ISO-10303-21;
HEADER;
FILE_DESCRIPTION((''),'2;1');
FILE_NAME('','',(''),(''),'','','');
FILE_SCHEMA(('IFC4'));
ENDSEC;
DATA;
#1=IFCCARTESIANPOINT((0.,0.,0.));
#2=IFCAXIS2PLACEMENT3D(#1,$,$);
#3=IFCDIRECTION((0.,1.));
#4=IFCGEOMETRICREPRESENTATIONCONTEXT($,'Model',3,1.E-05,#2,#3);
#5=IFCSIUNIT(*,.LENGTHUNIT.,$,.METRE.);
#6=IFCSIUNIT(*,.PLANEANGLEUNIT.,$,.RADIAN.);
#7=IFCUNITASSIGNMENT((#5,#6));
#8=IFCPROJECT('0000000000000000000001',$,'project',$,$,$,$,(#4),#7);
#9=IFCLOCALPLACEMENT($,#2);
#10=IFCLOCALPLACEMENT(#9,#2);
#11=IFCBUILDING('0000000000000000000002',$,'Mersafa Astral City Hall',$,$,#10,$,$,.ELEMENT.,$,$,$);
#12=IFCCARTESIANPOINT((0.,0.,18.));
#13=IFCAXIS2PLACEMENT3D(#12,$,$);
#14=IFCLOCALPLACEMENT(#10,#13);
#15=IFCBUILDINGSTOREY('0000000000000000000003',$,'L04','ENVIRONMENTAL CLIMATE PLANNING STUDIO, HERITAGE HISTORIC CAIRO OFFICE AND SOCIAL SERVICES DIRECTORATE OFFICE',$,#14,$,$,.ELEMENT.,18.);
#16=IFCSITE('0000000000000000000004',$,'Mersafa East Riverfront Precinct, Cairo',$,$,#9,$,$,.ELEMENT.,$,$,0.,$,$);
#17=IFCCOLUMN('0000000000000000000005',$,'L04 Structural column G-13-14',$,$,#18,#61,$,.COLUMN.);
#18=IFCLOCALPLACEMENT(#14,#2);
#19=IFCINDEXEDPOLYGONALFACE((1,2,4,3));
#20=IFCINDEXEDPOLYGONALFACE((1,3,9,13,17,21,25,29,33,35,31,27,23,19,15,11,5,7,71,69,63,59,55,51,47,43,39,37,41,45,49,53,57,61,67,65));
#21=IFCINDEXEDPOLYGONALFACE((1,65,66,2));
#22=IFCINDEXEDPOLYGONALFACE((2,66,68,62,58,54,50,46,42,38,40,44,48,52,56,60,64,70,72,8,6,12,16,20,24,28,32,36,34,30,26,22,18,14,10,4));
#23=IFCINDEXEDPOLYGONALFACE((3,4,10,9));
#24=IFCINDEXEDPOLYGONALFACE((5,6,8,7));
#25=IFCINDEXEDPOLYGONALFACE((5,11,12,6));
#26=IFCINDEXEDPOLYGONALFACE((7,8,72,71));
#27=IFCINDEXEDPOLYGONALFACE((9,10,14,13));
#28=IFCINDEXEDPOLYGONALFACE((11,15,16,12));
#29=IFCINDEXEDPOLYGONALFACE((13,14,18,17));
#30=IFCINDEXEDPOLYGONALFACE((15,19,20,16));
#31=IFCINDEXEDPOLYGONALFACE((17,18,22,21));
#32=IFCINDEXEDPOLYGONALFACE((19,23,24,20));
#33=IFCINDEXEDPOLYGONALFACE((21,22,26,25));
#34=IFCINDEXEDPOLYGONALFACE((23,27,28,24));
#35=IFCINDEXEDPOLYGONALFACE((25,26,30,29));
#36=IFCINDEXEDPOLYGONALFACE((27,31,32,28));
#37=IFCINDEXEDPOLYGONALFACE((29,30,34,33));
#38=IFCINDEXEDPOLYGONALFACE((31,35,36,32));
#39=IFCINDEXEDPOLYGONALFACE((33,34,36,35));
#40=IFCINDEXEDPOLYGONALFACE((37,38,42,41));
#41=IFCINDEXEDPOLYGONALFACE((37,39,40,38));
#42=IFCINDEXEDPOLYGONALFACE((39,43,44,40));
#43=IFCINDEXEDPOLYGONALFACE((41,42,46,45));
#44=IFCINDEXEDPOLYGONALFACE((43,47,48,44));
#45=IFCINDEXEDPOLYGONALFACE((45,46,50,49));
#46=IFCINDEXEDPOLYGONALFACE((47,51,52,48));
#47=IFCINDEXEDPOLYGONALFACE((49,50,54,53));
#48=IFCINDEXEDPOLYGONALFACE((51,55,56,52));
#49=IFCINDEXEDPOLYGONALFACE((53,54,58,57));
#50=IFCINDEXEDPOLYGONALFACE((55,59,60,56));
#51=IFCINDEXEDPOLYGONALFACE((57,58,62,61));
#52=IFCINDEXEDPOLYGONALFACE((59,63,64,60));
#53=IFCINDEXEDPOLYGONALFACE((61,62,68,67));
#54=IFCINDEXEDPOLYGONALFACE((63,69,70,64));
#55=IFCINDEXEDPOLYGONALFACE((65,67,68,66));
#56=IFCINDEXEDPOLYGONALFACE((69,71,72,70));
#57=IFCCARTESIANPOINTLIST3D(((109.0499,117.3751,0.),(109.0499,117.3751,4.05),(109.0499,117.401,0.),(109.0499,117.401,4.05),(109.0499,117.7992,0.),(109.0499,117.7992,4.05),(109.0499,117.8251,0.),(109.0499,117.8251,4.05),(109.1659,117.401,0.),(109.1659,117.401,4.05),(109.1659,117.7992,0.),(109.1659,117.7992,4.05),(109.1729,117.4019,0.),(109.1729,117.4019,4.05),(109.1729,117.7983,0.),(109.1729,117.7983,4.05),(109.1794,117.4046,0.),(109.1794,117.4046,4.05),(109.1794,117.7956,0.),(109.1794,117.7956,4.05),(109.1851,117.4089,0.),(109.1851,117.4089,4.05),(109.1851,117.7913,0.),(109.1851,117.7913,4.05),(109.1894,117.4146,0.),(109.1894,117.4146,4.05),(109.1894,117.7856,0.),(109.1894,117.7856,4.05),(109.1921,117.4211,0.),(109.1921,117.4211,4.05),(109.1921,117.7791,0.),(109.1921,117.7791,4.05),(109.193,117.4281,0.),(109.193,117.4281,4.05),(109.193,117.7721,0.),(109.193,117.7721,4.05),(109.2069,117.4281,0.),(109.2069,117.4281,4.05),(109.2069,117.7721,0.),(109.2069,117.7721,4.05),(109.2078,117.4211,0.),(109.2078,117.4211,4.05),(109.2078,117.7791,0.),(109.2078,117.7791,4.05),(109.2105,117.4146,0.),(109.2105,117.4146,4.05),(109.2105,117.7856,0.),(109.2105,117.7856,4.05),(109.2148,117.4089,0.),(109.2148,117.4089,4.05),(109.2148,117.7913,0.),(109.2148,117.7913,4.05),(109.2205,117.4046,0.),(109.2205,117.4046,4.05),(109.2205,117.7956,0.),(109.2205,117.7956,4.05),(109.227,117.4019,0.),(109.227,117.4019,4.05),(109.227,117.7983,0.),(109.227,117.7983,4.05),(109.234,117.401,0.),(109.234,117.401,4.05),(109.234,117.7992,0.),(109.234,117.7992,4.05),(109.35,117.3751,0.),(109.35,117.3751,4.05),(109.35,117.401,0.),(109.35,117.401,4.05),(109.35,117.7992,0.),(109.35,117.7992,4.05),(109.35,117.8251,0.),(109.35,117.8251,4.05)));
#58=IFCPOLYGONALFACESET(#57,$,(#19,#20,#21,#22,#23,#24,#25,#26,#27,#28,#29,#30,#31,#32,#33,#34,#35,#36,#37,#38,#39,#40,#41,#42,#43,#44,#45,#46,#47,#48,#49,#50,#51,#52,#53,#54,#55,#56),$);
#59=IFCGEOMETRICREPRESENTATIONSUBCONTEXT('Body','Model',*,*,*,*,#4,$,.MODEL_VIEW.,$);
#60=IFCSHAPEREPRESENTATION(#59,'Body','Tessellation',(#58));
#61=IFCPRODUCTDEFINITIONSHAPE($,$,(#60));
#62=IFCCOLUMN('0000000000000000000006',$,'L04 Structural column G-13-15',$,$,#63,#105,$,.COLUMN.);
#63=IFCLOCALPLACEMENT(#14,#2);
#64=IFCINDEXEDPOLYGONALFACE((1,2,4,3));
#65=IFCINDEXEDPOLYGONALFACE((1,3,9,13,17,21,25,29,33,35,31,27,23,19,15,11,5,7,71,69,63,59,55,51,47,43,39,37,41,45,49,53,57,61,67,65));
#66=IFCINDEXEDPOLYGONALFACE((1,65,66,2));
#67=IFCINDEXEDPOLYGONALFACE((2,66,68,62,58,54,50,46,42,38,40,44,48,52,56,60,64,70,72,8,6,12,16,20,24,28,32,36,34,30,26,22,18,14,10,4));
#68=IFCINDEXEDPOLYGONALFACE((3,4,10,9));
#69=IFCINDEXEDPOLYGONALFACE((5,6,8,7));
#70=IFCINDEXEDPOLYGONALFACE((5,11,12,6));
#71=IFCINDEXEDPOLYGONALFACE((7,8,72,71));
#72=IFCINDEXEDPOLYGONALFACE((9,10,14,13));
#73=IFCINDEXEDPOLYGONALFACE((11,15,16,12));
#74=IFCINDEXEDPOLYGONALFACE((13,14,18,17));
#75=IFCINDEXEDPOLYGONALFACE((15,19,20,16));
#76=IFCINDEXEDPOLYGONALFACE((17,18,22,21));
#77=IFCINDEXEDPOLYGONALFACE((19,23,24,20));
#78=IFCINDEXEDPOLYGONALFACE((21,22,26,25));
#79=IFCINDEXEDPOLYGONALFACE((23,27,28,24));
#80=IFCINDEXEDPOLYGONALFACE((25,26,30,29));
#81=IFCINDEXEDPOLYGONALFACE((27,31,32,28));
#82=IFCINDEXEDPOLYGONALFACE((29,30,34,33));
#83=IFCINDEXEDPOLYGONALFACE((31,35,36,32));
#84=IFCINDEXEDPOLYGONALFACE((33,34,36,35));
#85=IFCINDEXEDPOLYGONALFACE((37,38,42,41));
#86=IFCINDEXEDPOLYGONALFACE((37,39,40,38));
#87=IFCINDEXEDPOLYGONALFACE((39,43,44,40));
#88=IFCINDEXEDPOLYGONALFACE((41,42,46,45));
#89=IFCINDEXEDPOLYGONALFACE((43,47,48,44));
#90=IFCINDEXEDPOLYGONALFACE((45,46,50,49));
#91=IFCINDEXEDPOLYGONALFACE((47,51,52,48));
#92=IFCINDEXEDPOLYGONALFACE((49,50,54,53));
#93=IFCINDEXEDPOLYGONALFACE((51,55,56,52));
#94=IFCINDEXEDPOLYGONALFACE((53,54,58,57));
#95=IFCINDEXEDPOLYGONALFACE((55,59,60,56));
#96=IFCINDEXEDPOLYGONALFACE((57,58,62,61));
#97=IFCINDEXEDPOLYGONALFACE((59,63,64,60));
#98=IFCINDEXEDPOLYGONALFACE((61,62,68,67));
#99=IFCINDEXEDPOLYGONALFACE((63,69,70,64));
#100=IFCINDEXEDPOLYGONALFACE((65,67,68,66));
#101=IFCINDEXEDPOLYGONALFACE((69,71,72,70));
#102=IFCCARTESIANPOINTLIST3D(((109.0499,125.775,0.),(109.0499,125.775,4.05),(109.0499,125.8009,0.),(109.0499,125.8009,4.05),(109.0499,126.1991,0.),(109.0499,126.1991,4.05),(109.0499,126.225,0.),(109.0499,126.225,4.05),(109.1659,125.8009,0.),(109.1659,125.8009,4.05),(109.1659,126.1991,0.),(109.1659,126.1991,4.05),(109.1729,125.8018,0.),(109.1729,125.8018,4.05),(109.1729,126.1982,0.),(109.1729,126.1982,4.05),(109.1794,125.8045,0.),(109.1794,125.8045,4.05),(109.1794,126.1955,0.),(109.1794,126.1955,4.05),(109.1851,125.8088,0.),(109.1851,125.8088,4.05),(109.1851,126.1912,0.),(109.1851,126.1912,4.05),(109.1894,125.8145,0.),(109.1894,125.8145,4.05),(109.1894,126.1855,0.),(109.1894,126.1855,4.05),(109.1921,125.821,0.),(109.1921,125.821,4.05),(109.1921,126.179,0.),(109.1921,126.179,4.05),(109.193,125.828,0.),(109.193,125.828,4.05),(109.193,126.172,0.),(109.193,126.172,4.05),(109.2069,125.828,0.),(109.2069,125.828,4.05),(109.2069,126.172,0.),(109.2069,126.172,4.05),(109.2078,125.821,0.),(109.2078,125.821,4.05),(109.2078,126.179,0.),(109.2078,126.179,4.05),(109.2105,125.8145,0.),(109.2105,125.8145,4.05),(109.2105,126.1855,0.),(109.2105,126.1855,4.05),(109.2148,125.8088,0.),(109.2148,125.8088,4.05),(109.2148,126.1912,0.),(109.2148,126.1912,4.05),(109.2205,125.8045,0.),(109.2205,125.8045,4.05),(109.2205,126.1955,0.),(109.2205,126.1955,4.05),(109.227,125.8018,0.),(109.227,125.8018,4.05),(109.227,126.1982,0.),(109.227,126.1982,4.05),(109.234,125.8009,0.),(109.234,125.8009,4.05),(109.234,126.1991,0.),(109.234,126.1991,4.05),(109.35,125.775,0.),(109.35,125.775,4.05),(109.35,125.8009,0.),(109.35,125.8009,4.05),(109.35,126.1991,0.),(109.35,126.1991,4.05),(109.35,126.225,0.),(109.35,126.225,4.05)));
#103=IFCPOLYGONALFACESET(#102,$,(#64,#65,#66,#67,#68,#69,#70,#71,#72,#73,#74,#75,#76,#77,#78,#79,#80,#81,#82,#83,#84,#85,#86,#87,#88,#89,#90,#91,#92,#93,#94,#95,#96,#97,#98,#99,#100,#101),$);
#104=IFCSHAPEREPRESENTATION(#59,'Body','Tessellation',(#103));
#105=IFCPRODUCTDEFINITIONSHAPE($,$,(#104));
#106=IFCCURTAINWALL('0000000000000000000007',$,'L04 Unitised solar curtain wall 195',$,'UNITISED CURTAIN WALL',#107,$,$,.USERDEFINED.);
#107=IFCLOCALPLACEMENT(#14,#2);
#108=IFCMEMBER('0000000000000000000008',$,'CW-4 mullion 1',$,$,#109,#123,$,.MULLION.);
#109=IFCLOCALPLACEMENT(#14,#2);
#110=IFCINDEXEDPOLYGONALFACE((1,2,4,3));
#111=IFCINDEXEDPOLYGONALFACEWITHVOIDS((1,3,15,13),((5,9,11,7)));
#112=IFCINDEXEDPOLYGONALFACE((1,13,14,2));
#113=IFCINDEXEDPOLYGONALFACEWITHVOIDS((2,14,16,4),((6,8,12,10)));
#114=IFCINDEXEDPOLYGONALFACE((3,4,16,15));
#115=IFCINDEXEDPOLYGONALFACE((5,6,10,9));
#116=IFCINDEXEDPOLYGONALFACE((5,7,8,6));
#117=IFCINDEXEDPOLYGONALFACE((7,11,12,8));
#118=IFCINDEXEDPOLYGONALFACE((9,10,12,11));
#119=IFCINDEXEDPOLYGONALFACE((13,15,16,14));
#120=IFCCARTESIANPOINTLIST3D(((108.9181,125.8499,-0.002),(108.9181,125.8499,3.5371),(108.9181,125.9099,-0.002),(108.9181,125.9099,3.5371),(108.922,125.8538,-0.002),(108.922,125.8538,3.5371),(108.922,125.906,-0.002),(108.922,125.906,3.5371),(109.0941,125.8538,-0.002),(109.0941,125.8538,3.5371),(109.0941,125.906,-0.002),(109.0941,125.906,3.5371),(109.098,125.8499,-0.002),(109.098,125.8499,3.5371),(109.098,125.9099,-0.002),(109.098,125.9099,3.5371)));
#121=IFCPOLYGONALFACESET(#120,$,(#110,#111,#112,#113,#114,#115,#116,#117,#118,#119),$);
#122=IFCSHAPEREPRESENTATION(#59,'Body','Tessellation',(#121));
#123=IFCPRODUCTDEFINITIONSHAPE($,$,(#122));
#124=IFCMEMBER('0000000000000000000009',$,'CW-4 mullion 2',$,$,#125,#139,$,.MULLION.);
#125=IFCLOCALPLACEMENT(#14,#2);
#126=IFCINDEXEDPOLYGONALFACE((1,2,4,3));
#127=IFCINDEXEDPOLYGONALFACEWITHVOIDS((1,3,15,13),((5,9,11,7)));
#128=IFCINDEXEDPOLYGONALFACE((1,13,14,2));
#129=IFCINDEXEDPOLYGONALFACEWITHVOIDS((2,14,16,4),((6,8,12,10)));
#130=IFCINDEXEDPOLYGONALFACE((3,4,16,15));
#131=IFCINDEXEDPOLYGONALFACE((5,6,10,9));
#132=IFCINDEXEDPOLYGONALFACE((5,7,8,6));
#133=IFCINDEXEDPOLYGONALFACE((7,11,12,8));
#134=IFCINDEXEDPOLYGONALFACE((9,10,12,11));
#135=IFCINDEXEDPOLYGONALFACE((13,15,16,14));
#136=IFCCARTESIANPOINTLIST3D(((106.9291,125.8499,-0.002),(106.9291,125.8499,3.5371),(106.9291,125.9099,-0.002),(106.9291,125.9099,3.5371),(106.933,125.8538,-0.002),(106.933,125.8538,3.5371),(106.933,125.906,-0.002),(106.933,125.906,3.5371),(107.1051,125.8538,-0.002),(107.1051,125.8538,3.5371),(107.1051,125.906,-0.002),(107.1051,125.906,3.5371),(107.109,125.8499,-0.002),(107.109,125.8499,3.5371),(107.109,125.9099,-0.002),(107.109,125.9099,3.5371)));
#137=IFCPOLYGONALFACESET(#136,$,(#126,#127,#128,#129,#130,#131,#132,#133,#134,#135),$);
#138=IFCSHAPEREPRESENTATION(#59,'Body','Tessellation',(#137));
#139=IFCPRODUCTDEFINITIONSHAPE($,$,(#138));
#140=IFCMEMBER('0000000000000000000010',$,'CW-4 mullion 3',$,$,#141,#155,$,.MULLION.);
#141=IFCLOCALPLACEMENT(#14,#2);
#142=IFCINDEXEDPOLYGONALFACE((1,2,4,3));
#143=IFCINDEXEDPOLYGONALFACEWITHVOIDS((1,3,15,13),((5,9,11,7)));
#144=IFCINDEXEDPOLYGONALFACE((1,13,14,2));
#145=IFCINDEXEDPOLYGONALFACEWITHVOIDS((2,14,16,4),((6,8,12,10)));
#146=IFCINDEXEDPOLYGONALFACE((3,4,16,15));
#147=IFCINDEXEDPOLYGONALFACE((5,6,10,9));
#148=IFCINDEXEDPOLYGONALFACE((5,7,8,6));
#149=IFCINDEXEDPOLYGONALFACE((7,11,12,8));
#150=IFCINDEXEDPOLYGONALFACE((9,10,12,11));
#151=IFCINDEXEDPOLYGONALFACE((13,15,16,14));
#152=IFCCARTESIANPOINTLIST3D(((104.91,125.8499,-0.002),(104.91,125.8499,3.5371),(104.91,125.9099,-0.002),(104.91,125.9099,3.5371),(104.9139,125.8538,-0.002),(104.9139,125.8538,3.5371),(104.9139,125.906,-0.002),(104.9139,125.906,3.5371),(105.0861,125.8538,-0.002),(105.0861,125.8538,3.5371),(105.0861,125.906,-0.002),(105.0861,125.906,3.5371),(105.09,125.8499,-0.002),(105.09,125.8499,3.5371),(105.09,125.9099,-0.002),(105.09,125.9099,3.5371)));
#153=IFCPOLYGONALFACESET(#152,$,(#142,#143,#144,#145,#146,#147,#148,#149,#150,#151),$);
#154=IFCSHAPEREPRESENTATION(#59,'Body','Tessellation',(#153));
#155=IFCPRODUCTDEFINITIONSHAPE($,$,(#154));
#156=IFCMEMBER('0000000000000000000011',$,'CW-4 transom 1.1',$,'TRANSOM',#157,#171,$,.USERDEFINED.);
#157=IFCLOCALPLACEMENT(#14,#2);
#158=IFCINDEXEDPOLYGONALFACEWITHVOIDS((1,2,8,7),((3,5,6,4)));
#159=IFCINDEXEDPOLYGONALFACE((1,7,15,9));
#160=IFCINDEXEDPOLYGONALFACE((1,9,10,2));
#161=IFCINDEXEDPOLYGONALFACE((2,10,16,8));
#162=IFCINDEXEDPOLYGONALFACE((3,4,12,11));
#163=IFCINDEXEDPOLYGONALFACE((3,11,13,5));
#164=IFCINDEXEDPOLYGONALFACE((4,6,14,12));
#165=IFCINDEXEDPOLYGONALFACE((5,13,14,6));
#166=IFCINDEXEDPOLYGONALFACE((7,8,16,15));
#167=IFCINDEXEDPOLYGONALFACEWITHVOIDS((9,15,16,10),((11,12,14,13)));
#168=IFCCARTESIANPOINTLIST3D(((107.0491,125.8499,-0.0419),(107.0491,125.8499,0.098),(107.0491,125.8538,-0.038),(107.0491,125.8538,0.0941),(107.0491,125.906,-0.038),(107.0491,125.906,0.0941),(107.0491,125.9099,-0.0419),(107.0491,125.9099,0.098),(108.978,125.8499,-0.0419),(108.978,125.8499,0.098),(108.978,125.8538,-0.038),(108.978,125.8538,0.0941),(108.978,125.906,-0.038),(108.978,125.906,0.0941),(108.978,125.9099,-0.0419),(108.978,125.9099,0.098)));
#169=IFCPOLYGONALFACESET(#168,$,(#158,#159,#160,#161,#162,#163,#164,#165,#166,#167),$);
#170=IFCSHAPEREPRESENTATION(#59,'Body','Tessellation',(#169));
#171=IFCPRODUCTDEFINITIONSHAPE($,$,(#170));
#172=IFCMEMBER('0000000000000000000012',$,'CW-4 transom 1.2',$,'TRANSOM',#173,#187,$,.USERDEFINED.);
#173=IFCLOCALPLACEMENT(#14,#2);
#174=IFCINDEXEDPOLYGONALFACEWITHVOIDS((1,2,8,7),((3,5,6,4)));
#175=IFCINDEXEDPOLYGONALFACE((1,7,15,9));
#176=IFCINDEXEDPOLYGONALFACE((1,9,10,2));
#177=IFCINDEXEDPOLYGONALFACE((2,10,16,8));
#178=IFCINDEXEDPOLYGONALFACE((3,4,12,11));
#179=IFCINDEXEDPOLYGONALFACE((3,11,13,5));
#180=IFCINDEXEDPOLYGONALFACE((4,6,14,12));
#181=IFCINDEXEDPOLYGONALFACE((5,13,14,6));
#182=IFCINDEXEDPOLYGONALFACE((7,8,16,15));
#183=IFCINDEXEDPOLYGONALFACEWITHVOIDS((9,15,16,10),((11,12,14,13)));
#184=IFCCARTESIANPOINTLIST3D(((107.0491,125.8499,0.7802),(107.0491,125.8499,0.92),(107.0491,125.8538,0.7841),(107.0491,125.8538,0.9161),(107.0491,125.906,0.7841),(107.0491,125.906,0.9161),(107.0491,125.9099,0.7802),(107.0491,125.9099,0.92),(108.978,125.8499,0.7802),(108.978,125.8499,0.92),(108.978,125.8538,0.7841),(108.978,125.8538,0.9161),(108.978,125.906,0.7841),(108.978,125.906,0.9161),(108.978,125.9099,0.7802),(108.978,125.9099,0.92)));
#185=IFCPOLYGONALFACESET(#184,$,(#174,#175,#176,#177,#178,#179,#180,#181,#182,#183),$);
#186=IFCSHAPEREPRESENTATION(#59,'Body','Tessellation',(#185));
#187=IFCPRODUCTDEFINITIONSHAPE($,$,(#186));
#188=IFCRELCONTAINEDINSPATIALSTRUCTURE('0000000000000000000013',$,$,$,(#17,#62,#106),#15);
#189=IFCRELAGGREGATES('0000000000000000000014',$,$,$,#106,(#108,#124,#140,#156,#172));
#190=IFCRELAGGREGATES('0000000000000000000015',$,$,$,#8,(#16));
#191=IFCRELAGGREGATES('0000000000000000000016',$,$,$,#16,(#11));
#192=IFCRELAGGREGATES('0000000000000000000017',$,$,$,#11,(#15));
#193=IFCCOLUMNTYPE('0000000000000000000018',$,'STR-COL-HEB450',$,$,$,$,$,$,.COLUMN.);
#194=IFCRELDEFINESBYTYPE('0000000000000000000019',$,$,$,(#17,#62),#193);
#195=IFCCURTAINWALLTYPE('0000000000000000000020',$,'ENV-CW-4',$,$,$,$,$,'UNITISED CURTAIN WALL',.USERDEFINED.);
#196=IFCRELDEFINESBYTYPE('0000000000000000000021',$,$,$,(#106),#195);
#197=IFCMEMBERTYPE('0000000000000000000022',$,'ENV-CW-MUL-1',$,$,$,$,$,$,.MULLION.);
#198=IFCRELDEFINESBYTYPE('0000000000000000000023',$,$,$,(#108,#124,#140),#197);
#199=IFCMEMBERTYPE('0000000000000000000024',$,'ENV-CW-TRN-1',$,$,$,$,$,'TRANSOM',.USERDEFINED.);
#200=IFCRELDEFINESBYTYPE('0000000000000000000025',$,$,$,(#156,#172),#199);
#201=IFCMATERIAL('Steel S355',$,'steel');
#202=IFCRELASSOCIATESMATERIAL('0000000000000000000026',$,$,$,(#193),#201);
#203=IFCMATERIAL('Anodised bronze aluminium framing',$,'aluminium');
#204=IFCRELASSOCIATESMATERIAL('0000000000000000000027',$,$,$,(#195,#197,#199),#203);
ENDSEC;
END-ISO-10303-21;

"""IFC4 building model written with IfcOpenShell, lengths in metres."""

from ifc_helpers import new_model, si_unit, direction, frame, origin, origin_2d, place, context, subcontext, project, spatial, hollow_rectangle, i_section, extrude, material, material_profile, profile_set, type_object, element, aggregate, save


model = new_model("IFC4")

# Units and contexts
model_context = context("Model", 3, precision=1e-05, world=origin(), true_north=direction((0.0, 1.0)))
body_context = subcontext(model_context, "Body", "Model", "MODEL_VIEW")
ifc_project = project(units=[si_unit("LENGTHUNIT", "METRE"), si_unit("PLANEANGLEUNIT", "RADIAN")], contexts=[model_context])

# Site, building, storey
site_placement = place(None, origin())
site = spatial("IfcSite", under=ifc_project, at=site_placement, Name="Mersafa East Riverfront Precinct, Cairo", CompositionType="ELEMENT", RefElevation=0.0)
building_placement = place(site_placement, origin())
building = spatial("IfcBuilding", under=site, at=building_placement, Name="Mersafa Astral City Hall", CompositionType="ELEMENT")
storey_placement = place(building_placement, frame((0.0, 0.0, 18.0)))
storey = spatial("IfcBuildingStorey", under=building, at=storey_placement, Name="L04", Description="ENVIRONMENTAL CLIMATE PLANNING STUDIO, HERITAGE HISTORIC CAIRO OFFICE AND SOCIAL SERVICES DIRECTORATE OFFICE", CompositionType="ELEMENT", Elevation=18.0)

# Columns
ifc_material_1 = material(Name="Steel S355", Category="steel")
ifc_material_profile_1 = material_profile(ifc_material_1, i_section(OverallWidth=0.3, OverallDepth=0.45, WebThickness=0.0139, FlangeThickness=0.0259, FilletRadius=0.0271, at=origin_2d()), Name="HEB 450")
ifc_profile_set_1 = profile_set([ifc_material_profile_1], Name="Steel S355")
column_type = type_object("IfcColumnType", Name="STR-COL-HEB450", PredefinedType="COLUMN", material=ifc_profile_set_1)
for number, where, z_axis, x_axis, name in (
    (1, (109.2, 117.6001, 0.0), (0.0, 0.0, 1.0), (1.0, 0.0, 0.0), "L04 Structural column G-13-14"),
    (2, (109.2, 126.0, 0.0), (0.0, 0.0, 1.0), (1.0, 0.0, 0.0), "L04 Structural column G-13-15"),
):
    element("IfcColumn", number, at=place(storey_placement, frame(where, z_axis=z_axis, x_axis=x_axis)), inside=storey, type_object=column_type, Name=name, PredefinedType="COLUMN", context=body_context, shape_type="SweptSolid", body=[
        extrude(i_section(OverallWidth=0.3, OverallDepth=0.45, WebThickness=0.0139, FlangeThickness=0.0259, FilletRadius=0.0271, at=origin_2d()), origin(), (0.0, 0.0, 1.0), 4.05),
    ])

# Curtain wall, members
ifc_material_2 = material(Name="Anodised bronze aluminium framing", Category="aluminium")
curtain_wall_type = type_object("IfcCurtainWallType", Name="ENV-CW-4", ElementType="UNITISED CURTAIN WALL", PredefinedType="USERDEFINED", material=ifc_material_2)
curtain_wall_placement = place(storey_placement, origin())
curtain_wall = element("IfcCurtainWall", 3, at=curtain_wall_placement, inside=storey, type_object=curtain_wall_type, Name="L04 Unitised solar curtain wall 195", ObjectType="UNITISED CURTAIN WALL", PredefinedType="USERDEFINED")
ifc_material_profile_2 = material_profile(ifc_material_2, hollow_rectangle(XDim=0.0601, YDim=0.1799, WallThickness=0.0039, at=origin_2d()), Name="RHS 60x180x4")
ifc_profile_set_2 = profile_set([ifc_material_profile_2], Name="Anodised bronze aluminium framing")
member_type_1 = type_object("IfcMemberType", Name="ENV-CW-MUL-1", PredefinedType="MULLION", material=ifc_profile_set_2)
member_1_placement = place(storey_placement, frame((109.0081, 125.8799, -0.002), z_axis=(0.0, 0.0, 1.0), x_axis=(0.0, -1.0, 0.0)))
member_1 = element("IfcMember", 4, at=member_1_placement, type_object=member_type_1, Name="CW-4 mullion 1", PredefinedType="MULLION", context=body_context, shape_type="SweptSolid", body=[
    extrude(hollow_rectangle(XDim=0.0601, YDim=0.1799, WallThickness=0.0039, at=origin_2d()), origin(), (0.0, 0.0, 1.0), 3.5391),
])
member_2_placement = place(storey_placement, frame((107.019, 125.8799, -0.002), z_axis=(0.0, 0.0, 1.0), x_axis=(0.0, -1.0, 0.0)))
member_2 = element("IfcMember", 5, at=member_2_placement, type_object=member_type_1, Name="CW-4 mullion 2", PredefinedType="MULLION", context=body_context, shape_type="SweptSolid", body=[
    extrude(hollow_rectangle(XDim=0.0601, YDim=0.1799, WallThickness=0.0039, at=origin_2d()), origin(), (0.0, 0.0, 1.0), 3.5391),
])
member_3_placement = place(storey_placement, frame((105.0, 125.8799, -0.002), z_axis=(0.0, 0.0, 1.0), x_axis=(0.0, -1.0, 0.0)))
member_3 = element("IfcMember", 6, at=member_3_placement, type_object=member_type_1, Name="CW-4 mullion 3", PredefinedType="MULLION", context=body_context, shape_type="SweptSolid", body=[
    extrude(hollow_rectangle(XDim=0.0601, YDim=0.1799, WallThickness=0.0039, at=origin_2d()), origin(), (0.0, 0.0, 1.0), 3.5391),
])
ifc_material_profile_3 = material_profile(ifc_material_2, hollow_rectangle(XDim=0.0601, YDim=0.1399, WallThickness=0.0039, at=origin_2d()), Name="RHS 60x140x4")
ifc_profile_set_3 = profile_set([ifc_material_profile_3], Name="Anodised bronze aluminium framing")
member_type_2 = type_object("IfcMemberType", Name="ENV-CW-TRN-1", ElementType="TRANSOM", PredefinedType="USERDEFINED", material=ifc_profile_set_3)
member_4_placement = place(storey_placement, frame((108.978, 125.8799, 0.0281), z_axis=(-1.0, 0.0, 0.0), x_axis=(0.0, -1.0, 0.0)))
member_4 = element("IfcMember", 7, at=member_4_placement, type_object=member_type_2, Name="CW-4 transom 1.1", ObjectType="TRANSOM", PredefinedType="USERDEFINED", context=body_context, shape_type="SweptSolid", body=[
    extrude(hollow_rectangle(XDim=0.0601, YDim=0.1399, WallThickness=0.0039, at=origin_2d()), origin(), (0.0, 0.0, 1.0), 1.929),
])
member_5_placement = place(storey_placement, frame((108.978, 125.8799, 0.8501), z_axis=(-1.0, 0.0, 0.0), x_axis=(0.0, -1.0, 0.0)))
member_5 = element("IfcMember", 8, at=member_5_placement, type_object=member_type_2, Name="CW-4 transom 1.2", ObjectType="TRANSOM", PredefinedType="USERDEFINED", context=body_context, shape_type="SweptSolid", body=[
    extrude(hollow_rectangle(XDim=0.0601, YDim=0.1399, WallThickness=0.0039, at=origin_2d()), origin(), (0.0, 0.0, 1.0), 1.929),
])

aggregate(curtain_wall, [member_1, member_2, member_3, member_4, member_5])

save(model, "model.ifc")
